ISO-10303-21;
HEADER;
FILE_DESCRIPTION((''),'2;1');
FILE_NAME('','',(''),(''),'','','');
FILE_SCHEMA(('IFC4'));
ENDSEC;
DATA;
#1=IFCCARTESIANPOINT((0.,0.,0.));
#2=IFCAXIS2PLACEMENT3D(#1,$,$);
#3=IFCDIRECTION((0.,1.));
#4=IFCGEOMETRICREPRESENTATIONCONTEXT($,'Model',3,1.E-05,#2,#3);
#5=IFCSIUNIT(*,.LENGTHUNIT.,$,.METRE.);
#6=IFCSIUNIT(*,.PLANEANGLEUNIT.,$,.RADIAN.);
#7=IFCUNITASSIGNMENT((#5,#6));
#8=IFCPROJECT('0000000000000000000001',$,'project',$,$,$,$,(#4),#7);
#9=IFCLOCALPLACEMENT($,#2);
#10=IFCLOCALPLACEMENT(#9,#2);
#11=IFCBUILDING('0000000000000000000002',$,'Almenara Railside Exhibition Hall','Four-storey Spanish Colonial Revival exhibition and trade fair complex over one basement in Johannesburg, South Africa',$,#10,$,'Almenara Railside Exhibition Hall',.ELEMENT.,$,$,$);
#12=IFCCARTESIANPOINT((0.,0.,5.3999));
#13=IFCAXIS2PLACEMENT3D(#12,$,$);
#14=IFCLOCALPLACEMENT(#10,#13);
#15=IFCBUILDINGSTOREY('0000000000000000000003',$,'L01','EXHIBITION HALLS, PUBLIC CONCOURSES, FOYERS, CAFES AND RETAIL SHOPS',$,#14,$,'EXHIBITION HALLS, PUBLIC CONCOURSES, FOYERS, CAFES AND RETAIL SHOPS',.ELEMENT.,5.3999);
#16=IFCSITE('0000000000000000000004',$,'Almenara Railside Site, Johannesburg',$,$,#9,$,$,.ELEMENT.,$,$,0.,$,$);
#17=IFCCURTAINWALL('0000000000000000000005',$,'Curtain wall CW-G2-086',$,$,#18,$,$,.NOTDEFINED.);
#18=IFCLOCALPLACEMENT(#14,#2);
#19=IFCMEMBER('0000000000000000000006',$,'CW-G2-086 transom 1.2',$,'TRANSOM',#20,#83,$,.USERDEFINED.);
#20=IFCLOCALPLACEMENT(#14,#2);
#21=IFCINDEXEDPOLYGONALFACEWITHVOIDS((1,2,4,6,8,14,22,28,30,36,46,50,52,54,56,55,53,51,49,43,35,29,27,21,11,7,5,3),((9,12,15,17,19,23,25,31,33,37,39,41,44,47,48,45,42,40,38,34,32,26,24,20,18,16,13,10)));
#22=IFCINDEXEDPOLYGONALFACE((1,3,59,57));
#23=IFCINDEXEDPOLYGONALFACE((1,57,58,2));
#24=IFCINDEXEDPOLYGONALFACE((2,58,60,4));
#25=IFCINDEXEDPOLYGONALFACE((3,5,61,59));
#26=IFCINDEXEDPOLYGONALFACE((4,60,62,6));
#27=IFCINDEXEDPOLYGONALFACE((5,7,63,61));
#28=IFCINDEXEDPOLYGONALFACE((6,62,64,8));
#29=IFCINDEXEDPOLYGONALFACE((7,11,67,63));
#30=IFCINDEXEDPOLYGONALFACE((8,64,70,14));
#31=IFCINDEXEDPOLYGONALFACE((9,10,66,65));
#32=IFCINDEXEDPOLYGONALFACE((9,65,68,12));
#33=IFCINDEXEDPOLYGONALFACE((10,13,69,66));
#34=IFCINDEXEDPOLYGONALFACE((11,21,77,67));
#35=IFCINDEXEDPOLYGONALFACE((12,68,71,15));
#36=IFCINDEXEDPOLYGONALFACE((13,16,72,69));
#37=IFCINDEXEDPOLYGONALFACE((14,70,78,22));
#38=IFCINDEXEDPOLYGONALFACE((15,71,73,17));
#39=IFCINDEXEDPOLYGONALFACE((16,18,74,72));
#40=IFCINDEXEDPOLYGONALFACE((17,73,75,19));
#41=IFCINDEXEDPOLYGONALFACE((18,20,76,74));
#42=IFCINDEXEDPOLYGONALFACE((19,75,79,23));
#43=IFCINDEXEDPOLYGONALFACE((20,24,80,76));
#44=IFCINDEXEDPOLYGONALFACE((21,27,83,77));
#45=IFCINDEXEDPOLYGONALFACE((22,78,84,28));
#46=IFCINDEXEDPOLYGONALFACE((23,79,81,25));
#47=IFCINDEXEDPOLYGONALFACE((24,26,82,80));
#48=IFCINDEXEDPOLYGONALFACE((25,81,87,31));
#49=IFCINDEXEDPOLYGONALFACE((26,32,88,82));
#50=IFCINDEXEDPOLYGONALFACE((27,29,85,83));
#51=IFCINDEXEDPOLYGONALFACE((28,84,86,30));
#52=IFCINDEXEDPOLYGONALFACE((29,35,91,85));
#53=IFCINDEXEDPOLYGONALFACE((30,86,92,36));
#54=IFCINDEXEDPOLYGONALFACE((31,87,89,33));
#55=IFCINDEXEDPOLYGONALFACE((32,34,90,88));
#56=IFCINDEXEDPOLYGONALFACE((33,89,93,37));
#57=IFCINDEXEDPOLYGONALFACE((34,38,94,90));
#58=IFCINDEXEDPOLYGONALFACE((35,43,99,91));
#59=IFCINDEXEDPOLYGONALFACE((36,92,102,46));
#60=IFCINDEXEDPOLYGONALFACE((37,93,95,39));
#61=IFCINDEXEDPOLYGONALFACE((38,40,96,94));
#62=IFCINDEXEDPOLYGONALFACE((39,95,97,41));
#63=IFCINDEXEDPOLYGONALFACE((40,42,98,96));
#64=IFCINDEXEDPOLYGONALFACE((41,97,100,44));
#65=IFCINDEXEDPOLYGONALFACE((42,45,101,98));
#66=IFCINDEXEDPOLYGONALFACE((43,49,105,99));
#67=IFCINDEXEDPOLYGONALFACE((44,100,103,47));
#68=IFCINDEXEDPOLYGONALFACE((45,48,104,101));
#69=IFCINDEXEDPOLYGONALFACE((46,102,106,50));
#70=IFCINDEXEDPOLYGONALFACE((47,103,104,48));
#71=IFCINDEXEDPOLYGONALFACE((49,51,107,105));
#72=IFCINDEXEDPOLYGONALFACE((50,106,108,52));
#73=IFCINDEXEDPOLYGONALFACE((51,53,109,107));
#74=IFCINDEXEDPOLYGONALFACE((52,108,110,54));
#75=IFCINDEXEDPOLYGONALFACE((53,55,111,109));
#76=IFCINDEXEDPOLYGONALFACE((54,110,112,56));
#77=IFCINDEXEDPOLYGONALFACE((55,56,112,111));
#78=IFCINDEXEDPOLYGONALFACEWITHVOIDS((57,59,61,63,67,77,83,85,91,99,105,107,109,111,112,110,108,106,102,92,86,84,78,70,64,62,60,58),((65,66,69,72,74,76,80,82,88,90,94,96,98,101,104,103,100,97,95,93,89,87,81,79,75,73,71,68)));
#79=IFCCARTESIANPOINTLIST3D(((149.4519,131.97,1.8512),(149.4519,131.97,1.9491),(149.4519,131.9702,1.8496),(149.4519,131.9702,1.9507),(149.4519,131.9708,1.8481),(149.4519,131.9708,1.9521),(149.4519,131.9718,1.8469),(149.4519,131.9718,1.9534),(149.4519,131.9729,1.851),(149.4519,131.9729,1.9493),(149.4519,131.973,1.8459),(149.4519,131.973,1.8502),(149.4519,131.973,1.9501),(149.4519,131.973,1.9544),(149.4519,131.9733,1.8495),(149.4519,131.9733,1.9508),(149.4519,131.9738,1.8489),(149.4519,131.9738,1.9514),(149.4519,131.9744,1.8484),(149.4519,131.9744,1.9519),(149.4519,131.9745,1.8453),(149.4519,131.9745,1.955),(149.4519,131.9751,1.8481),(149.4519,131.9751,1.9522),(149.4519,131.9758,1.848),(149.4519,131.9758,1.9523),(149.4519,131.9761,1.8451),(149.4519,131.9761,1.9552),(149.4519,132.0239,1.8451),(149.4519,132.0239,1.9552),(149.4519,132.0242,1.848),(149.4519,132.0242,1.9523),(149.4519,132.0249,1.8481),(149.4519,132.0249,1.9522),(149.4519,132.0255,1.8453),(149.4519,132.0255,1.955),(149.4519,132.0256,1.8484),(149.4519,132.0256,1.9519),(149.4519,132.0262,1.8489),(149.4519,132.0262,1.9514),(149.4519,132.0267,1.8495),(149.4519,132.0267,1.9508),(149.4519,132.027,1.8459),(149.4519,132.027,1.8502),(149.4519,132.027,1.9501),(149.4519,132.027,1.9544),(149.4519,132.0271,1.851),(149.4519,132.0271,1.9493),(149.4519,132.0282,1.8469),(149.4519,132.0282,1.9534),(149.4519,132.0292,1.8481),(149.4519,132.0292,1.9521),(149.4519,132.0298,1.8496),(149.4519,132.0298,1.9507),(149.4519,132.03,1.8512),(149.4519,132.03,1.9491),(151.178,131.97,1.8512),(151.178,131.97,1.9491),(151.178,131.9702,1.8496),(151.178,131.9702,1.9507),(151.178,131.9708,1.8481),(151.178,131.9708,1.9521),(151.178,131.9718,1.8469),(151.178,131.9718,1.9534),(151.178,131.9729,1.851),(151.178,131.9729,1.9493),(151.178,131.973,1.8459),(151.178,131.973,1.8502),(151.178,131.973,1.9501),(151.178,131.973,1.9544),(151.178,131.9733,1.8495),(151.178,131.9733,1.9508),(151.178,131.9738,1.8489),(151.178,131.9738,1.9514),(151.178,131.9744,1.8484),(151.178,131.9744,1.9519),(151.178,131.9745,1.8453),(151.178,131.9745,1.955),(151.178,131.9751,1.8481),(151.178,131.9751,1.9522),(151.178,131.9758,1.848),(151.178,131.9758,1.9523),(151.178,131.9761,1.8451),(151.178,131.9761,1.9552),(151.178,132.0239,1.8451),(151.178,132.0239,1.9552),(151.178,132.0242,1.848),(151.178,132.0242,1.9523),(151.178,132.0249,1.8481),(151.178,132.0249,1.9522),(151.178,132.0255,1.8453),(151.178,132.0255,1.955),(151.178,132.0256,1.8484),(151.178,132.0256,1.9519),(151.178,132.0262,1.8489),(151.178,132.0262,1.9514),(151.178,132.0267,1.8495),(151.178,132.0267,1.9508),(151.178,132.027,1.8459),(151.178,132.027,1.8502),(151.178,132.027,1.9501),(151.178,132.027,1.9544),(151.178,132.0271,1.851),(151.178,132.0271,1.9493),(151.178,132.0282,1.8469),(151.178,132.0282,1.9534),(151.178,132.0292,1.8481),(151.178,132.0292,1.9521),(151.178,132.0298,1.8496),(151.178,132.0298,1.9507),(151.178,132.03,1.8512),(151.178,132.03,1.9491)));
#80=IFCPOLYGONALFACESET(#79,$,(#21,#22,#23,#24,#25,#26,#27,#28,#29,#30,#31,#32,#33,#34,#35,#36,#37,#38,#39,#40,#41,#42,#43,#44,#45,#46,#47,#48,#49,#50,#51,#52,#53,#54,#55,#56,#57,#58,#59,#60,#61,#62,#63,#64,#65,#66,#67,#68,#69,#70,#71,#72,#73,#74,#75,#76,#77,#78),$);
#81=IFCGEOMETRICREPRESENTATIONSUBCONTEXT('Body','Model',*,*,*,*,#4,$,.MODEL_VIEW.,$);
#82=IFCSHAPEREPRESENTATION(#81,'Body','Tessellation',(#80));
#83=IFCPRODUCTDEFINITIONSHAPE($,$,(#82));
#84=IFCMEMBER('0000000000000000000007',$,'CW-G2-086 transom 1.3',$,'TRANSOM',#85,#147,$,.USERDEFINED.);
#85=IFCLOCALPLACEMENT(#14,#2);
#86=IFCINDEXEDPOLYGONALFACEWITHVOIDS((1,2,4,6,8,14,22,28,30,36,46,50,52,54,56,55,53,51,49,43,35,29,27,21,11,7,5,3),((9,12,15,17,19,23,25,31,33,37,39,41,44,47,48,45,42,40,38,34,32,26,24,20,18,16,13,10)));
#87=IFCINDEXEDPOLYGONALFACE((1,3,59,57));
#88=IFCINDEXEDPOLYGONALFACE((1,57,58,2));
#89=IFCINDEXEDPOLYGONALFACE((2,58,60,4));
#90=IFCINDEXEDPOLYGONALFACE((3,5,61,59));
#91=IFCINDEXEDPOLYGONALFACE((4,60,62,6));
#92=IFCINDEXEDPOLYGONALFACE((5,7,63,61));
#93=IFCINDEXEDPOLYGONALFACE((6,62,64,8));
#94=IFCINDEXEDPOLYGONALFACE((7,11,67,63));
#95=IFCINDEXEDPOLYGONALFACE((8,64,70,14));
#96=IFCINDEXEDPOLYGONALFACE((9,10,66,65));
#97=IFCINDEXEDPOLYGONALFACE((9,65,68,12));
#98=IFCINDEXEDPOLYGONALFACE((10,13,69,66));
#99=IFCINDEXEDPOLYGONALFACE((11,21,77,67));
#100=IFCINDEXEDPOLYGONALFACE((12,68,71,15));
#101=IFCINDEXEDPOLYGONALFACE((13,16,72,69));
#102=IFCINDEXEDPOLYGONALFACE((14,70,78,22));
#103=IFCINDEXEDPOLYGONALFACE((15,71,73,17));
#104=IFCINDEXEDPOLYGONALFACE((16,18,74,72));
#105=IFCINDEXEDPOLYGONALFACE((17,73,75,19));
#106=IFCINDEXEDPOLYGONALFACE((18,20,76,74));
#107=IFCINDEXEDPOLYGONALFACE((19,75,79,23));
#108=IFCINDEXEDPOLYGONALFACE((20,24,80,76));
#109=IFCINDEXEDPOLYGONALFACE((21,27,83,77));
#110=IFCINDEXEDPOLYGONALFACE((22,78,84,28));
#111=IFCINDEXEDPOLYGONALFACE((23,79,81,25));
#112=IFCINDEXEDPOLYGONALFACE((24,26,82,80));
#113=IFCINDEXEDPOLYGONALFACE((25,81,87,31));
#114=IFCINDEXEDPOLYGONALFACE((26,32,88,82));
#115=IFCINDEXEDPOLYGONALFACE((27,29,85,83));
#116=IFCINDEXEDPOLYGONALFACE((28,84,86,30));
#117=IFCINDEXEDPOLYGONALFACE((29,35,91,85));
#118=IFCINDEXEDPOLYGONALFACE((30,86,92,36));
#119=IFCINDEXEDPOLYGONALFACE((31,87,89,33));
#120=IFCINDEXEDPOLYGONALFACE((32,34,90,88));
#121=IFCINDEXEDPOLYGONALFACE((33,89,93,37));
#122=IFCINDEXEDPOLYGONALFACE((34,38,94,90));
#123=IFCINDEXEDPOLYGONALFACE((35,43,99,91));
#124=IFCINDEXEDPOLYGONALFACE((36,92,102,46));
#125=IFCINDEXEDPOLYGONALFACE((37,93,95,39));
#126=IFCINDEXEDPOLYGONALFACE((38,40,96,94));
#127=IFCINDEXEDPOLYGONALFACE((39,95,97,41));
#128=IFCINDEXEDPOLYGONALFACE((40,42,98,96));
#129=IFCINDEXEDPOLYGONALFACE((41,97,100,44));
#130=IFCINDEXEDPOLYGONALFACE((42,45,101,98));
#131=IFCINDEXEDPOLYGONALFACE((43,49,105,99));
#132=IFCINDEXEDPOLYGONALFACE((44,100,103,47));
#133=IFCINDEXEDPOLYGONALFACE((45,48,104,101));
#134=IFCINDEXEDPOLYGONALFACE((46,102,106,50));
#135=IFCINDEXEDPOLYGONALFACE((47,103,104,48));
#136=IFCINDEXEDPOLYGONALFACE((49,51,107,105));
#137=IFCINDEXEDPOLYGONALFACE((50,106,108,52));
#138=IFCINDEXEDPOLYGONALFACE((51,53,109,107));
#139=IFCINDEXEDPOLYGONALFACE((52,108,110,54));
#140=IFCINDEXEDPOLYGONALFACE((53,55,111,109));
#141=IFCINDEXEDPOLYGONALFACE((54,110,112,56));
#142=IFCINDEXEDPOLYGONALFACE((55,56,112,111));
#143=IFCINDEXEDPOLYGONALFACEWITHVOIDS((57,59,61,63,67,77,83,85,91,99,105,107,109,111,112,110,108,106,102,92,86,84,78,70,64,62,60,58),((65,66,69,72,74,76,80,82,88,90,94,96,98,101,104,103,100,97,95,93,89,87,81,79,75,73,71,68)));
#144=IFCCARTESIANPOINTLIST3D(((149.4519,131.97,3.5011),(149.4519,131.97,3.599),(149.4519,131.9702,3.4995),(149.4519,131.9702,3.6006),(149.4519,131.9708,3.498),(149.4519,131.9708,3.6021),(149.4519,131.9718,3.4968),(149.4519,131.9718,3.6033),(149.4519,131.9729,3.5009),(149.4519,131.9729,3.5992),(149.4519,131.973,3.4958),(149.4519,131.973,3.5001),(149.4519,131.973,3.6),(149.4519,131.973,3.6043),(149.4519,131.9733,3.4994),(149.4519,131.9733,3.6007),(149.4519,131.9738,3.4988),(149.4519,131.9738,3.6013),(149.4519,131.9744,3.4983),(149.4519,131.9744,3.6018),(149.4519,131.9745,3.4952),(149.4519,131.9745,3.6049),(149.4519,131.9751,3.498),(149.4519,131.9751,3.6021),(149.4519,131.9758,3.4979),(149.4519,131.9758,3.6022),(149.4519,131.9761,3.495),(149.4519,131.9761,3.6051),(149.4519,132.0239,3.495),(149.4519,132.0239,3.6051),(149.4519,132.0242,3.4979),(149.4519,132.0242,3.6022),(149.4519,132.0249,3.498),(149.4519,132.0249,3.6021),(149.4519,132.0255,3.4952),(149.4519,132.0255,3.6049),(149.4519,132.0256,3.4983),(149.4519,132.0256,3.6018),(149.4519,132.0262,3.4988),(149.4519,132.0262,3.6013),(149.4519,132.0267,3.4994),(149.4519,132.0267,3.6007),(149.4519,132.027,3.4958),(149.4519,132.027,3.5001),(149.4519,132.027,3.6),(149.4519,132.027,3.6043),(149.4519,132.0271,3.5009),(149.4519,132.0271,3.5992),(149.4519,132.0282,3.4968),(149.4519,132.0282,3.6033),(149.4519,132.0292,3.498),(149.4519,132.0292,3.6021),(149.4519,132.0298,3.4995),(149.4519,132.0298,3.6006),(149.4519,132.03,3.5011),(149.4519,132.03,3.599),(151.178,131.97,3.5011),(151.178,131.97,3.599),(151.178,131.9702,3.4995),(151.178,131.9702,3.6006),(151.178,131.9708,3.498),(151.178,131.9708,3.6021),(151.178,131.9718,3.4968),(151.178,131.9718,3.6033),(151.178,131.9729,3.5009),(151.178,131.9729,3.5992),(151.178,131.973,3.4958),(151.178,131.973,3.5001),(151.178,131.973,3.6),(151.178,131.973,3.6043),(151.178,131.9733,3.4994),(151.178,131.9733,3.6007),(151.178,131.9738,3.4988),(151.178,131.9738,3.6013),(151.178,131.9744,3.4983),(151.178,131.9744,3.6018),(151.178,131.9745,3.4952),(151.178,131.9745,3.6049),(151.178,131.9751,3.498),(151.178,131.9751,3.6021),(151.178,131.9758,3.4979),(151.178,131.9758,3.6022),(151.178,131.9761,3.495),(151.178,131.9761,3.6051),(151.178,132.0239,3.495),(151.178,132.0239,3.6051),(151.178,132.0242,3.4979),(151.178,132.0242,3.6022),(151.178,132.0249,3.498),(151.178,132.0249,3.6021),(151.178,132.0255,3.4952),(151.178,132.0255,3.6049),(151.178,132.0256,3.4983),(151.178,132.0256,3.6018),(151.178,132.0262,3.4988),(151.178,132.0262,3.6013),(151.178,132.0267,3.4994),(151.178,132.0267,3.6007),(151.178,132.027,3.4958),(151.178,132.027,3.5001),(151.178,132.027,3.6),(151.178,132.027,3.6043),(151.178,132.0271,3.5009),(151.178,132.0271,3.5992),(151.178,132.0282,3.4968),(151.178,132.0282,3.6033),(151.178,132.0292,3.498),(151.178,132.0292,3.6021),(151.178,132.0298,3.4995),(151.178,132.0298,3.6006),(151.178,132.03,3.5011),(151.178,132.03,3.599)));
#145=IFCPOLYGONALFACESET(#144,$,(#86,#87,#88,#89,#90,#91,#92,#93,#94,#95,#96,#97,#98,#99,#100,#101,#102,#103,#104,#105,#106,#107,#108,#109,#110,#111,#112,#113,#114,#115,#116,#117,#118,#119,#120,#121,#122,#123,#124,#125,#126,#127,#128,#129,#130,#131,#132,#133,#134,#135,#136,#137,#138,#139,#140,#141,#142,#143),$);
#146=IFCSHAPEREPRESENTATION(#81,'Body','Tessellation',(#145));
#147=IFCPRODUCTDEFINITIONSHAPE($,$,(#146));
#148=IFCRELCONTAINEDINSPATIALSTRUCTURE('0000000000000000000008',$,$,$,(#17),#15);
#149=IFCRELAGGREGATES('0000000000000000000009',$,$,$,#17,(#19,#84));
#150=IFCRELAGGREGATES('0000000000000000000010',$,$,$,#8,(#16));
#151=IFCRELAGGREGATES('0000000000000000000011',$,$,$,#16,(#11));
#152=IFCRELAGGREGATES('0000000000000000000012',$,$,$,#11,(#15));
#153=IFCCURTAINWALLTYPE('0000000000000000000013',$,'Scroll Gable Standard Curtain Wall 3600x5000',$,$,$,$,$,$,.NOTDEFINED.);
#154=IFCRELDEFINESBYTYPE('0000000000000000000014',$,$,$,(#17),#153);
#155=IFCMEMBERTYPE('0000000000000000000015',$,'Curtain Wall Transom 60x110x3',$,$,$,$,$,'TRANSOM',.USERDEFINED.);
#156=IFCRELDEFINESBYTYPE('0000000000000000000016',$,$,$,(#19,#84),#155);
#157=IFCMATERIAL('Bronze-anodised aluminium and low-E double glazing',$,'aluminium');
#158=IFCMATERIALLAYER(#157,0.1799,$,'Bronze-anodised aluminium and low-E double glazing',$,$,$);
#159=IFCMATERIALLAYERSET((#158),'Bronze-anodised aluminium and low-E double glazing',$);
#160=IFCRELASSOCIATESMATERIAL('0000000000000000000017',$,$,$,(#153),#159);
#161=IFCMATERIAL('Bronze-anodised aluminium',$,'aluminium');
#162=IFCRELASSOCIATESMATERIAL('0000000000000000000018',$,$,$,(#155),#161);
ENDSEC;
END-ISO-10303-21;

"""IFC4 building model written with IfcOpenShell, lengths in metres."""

from ifc_helpers import new_model, si_unit, direction, frame, origin, origin_2d, place, context, subcontext, project, spatial, hollow_rectangle, extrude, material, layer, layer_set, material_profile, profile_set, type_object, element, aggregate, save


model = new_model("IFC4")

# Units and contexts
model_context = context("Model", 3, precision=1e-05, world=origin(), true_north=direction((0.0, 1.0)))
body_context = subcontext(model_context, "Body", "Model", "MODEL_VIEW")
ifc_project = project(units=[si_unit("LENGTHUNIT", "METRE"), si_unit("PLANEANGLEUNIT", "RADIAN")], contexts=[model_context])

# Site, building, storey
site_placement = place(None, origin())
site = spatial("IfcSite", under=ifc_project, at=site_placement, Name="Almenara Railside Site, Johannesburg", CompositionType="ELEMENT", RefElevation=0.0)
building_placement = place(site_placement, origin())
building = spatial("IfcBuilding", under=site, at=building_placement, Name="Almenara Railside Exhibition Hall", Description="Four-storey Spanish Colonial Revival exhibition and trade fair complex over one basement in Johannesburg, South Africa", LongName="Almenara Railside Exhibition Hall", CompositionType="ELEMENT")
storey_placement = place(building_placement, frame((0.0, 0.0, 5.3999)))
storey = spatial("IfcBuildingStorey", under=building, at=storey_placement, Name="L01", Description="EXHIBITION HALLS, PUBLIC CONCOURSES, FOYERS, CAFES AND RETAIL SHOPS", LongName="EXHIBITION HALLS, PUBLIC CONCOURSES, FOYERS, CAFES AND RETAIL SHOPS", CompositionType="ELEMENT", Elevation=5.3999)

# Shared definitions
ifc_material_1 = material(Name="Bronze-anodised aluminium and low-E double glazing", Category="aluminium")
ifc_layer_1 = layer(ifc_material_1, 0.1799, Name="Bronze-anodised aluminium and low-E double glazing")
ifc_layer_set_1 = layer_set([ifc_layer_1], Name="Bronze-anodised aluminium and low-E double glazing")
curtain_wall_type = type_object("IfcCurtainWallType", Name="Scroll Gable Standard Curtain Wall 3600x5000", PredefinedType="NOTDEFINED", material=ifc_layer_set_1)
ifc_material_2 = material(Name="Bronze-anodised aluminium", Category="aluminium")

# Curtain wall
curtain_wall_1_placement = place(storey_placement, origin())
curtain_wall_1 = element("IfcCurtainWall", 1, at=curtain_wall_1_placement, inside=storey, type_object=curtain_wall_type, Name="Curtain wall CW-G2-086", PredefinedType="NOTDEFINED")

# Members
ifc_material_profile_1 = material_profile(ifc_material_2, hollow_rectangle(XDim=0.0601, YDim=0.1101, WallThickness=0.0029, InnerFilletRadius=0.0029, OuterFilletRadius=0.0061, at=origin_2d()), Name="ALU-TRN 60x110x3")
ifc_profile_set_1 = profile_set([ifc_material_profile_1], Name="Bronze-anodised aluminium")
member_type_1 = type_object("IfcMemberType", Name="Curtain Wall Transom 60x110x3", ElementType="TRANSOM", PredefinedType="USERDEFINED", material=ifc_profile_set_1)
member_1_placement = place(storey_placement, frame((149.4519, 132.0, 1.9001), z_axis=(1.0, 0.0, 0.0), x_axis=(0.0, 1.0, 0.0)))
member_1 = element("IfcMember", 2, at=member_1_placement, type_object=member_type_1, Name="CW-G2-086 transom 1.2", ObjectType="TRANSOM", PredefinedType="USERDEFINED", context=body_context, shape_type="SweptSolid", body=[
    extrude(hollow_rectangle(XDim=0.0601, YDim=0.1101, WallThickness=0.0029, InnerFilletRadius=0.0029, OuterFilletRadius=0.0061, at=origin_2d()), origin(), (0.0, 0.0, 1.0), 1.7261),
])
member_2_placement = place(storey_placement, frame((149.4519, 132.0, 3.55), z_axis=(1.0, 0.0, 0.0), x_axis=(0.0, 1.0, 0.0)))
member_2 = element("IfcMember", 3, at=member_2_placement, type_object=member_type_1, Name="CW-G2-086 transom 1.3", ObjectType="TRANSOM", PredefinedType="USERDEFINED", context=body_context, shape_type="SweptSolid", body=[
    extrude(hollow_rectangle(XDim=0.0601, YDim=0.1101, WallThickness=0.0029, InnerFilletRadius=0.0029, OuterFilletRadius=0.0061, at=origin_2d()), origin(), (0.0, 0.0, 1.0), 1.7261),
])

aggregate(curtain_wall_1, [member_1, member_2])

save(model, "model.ifc")
